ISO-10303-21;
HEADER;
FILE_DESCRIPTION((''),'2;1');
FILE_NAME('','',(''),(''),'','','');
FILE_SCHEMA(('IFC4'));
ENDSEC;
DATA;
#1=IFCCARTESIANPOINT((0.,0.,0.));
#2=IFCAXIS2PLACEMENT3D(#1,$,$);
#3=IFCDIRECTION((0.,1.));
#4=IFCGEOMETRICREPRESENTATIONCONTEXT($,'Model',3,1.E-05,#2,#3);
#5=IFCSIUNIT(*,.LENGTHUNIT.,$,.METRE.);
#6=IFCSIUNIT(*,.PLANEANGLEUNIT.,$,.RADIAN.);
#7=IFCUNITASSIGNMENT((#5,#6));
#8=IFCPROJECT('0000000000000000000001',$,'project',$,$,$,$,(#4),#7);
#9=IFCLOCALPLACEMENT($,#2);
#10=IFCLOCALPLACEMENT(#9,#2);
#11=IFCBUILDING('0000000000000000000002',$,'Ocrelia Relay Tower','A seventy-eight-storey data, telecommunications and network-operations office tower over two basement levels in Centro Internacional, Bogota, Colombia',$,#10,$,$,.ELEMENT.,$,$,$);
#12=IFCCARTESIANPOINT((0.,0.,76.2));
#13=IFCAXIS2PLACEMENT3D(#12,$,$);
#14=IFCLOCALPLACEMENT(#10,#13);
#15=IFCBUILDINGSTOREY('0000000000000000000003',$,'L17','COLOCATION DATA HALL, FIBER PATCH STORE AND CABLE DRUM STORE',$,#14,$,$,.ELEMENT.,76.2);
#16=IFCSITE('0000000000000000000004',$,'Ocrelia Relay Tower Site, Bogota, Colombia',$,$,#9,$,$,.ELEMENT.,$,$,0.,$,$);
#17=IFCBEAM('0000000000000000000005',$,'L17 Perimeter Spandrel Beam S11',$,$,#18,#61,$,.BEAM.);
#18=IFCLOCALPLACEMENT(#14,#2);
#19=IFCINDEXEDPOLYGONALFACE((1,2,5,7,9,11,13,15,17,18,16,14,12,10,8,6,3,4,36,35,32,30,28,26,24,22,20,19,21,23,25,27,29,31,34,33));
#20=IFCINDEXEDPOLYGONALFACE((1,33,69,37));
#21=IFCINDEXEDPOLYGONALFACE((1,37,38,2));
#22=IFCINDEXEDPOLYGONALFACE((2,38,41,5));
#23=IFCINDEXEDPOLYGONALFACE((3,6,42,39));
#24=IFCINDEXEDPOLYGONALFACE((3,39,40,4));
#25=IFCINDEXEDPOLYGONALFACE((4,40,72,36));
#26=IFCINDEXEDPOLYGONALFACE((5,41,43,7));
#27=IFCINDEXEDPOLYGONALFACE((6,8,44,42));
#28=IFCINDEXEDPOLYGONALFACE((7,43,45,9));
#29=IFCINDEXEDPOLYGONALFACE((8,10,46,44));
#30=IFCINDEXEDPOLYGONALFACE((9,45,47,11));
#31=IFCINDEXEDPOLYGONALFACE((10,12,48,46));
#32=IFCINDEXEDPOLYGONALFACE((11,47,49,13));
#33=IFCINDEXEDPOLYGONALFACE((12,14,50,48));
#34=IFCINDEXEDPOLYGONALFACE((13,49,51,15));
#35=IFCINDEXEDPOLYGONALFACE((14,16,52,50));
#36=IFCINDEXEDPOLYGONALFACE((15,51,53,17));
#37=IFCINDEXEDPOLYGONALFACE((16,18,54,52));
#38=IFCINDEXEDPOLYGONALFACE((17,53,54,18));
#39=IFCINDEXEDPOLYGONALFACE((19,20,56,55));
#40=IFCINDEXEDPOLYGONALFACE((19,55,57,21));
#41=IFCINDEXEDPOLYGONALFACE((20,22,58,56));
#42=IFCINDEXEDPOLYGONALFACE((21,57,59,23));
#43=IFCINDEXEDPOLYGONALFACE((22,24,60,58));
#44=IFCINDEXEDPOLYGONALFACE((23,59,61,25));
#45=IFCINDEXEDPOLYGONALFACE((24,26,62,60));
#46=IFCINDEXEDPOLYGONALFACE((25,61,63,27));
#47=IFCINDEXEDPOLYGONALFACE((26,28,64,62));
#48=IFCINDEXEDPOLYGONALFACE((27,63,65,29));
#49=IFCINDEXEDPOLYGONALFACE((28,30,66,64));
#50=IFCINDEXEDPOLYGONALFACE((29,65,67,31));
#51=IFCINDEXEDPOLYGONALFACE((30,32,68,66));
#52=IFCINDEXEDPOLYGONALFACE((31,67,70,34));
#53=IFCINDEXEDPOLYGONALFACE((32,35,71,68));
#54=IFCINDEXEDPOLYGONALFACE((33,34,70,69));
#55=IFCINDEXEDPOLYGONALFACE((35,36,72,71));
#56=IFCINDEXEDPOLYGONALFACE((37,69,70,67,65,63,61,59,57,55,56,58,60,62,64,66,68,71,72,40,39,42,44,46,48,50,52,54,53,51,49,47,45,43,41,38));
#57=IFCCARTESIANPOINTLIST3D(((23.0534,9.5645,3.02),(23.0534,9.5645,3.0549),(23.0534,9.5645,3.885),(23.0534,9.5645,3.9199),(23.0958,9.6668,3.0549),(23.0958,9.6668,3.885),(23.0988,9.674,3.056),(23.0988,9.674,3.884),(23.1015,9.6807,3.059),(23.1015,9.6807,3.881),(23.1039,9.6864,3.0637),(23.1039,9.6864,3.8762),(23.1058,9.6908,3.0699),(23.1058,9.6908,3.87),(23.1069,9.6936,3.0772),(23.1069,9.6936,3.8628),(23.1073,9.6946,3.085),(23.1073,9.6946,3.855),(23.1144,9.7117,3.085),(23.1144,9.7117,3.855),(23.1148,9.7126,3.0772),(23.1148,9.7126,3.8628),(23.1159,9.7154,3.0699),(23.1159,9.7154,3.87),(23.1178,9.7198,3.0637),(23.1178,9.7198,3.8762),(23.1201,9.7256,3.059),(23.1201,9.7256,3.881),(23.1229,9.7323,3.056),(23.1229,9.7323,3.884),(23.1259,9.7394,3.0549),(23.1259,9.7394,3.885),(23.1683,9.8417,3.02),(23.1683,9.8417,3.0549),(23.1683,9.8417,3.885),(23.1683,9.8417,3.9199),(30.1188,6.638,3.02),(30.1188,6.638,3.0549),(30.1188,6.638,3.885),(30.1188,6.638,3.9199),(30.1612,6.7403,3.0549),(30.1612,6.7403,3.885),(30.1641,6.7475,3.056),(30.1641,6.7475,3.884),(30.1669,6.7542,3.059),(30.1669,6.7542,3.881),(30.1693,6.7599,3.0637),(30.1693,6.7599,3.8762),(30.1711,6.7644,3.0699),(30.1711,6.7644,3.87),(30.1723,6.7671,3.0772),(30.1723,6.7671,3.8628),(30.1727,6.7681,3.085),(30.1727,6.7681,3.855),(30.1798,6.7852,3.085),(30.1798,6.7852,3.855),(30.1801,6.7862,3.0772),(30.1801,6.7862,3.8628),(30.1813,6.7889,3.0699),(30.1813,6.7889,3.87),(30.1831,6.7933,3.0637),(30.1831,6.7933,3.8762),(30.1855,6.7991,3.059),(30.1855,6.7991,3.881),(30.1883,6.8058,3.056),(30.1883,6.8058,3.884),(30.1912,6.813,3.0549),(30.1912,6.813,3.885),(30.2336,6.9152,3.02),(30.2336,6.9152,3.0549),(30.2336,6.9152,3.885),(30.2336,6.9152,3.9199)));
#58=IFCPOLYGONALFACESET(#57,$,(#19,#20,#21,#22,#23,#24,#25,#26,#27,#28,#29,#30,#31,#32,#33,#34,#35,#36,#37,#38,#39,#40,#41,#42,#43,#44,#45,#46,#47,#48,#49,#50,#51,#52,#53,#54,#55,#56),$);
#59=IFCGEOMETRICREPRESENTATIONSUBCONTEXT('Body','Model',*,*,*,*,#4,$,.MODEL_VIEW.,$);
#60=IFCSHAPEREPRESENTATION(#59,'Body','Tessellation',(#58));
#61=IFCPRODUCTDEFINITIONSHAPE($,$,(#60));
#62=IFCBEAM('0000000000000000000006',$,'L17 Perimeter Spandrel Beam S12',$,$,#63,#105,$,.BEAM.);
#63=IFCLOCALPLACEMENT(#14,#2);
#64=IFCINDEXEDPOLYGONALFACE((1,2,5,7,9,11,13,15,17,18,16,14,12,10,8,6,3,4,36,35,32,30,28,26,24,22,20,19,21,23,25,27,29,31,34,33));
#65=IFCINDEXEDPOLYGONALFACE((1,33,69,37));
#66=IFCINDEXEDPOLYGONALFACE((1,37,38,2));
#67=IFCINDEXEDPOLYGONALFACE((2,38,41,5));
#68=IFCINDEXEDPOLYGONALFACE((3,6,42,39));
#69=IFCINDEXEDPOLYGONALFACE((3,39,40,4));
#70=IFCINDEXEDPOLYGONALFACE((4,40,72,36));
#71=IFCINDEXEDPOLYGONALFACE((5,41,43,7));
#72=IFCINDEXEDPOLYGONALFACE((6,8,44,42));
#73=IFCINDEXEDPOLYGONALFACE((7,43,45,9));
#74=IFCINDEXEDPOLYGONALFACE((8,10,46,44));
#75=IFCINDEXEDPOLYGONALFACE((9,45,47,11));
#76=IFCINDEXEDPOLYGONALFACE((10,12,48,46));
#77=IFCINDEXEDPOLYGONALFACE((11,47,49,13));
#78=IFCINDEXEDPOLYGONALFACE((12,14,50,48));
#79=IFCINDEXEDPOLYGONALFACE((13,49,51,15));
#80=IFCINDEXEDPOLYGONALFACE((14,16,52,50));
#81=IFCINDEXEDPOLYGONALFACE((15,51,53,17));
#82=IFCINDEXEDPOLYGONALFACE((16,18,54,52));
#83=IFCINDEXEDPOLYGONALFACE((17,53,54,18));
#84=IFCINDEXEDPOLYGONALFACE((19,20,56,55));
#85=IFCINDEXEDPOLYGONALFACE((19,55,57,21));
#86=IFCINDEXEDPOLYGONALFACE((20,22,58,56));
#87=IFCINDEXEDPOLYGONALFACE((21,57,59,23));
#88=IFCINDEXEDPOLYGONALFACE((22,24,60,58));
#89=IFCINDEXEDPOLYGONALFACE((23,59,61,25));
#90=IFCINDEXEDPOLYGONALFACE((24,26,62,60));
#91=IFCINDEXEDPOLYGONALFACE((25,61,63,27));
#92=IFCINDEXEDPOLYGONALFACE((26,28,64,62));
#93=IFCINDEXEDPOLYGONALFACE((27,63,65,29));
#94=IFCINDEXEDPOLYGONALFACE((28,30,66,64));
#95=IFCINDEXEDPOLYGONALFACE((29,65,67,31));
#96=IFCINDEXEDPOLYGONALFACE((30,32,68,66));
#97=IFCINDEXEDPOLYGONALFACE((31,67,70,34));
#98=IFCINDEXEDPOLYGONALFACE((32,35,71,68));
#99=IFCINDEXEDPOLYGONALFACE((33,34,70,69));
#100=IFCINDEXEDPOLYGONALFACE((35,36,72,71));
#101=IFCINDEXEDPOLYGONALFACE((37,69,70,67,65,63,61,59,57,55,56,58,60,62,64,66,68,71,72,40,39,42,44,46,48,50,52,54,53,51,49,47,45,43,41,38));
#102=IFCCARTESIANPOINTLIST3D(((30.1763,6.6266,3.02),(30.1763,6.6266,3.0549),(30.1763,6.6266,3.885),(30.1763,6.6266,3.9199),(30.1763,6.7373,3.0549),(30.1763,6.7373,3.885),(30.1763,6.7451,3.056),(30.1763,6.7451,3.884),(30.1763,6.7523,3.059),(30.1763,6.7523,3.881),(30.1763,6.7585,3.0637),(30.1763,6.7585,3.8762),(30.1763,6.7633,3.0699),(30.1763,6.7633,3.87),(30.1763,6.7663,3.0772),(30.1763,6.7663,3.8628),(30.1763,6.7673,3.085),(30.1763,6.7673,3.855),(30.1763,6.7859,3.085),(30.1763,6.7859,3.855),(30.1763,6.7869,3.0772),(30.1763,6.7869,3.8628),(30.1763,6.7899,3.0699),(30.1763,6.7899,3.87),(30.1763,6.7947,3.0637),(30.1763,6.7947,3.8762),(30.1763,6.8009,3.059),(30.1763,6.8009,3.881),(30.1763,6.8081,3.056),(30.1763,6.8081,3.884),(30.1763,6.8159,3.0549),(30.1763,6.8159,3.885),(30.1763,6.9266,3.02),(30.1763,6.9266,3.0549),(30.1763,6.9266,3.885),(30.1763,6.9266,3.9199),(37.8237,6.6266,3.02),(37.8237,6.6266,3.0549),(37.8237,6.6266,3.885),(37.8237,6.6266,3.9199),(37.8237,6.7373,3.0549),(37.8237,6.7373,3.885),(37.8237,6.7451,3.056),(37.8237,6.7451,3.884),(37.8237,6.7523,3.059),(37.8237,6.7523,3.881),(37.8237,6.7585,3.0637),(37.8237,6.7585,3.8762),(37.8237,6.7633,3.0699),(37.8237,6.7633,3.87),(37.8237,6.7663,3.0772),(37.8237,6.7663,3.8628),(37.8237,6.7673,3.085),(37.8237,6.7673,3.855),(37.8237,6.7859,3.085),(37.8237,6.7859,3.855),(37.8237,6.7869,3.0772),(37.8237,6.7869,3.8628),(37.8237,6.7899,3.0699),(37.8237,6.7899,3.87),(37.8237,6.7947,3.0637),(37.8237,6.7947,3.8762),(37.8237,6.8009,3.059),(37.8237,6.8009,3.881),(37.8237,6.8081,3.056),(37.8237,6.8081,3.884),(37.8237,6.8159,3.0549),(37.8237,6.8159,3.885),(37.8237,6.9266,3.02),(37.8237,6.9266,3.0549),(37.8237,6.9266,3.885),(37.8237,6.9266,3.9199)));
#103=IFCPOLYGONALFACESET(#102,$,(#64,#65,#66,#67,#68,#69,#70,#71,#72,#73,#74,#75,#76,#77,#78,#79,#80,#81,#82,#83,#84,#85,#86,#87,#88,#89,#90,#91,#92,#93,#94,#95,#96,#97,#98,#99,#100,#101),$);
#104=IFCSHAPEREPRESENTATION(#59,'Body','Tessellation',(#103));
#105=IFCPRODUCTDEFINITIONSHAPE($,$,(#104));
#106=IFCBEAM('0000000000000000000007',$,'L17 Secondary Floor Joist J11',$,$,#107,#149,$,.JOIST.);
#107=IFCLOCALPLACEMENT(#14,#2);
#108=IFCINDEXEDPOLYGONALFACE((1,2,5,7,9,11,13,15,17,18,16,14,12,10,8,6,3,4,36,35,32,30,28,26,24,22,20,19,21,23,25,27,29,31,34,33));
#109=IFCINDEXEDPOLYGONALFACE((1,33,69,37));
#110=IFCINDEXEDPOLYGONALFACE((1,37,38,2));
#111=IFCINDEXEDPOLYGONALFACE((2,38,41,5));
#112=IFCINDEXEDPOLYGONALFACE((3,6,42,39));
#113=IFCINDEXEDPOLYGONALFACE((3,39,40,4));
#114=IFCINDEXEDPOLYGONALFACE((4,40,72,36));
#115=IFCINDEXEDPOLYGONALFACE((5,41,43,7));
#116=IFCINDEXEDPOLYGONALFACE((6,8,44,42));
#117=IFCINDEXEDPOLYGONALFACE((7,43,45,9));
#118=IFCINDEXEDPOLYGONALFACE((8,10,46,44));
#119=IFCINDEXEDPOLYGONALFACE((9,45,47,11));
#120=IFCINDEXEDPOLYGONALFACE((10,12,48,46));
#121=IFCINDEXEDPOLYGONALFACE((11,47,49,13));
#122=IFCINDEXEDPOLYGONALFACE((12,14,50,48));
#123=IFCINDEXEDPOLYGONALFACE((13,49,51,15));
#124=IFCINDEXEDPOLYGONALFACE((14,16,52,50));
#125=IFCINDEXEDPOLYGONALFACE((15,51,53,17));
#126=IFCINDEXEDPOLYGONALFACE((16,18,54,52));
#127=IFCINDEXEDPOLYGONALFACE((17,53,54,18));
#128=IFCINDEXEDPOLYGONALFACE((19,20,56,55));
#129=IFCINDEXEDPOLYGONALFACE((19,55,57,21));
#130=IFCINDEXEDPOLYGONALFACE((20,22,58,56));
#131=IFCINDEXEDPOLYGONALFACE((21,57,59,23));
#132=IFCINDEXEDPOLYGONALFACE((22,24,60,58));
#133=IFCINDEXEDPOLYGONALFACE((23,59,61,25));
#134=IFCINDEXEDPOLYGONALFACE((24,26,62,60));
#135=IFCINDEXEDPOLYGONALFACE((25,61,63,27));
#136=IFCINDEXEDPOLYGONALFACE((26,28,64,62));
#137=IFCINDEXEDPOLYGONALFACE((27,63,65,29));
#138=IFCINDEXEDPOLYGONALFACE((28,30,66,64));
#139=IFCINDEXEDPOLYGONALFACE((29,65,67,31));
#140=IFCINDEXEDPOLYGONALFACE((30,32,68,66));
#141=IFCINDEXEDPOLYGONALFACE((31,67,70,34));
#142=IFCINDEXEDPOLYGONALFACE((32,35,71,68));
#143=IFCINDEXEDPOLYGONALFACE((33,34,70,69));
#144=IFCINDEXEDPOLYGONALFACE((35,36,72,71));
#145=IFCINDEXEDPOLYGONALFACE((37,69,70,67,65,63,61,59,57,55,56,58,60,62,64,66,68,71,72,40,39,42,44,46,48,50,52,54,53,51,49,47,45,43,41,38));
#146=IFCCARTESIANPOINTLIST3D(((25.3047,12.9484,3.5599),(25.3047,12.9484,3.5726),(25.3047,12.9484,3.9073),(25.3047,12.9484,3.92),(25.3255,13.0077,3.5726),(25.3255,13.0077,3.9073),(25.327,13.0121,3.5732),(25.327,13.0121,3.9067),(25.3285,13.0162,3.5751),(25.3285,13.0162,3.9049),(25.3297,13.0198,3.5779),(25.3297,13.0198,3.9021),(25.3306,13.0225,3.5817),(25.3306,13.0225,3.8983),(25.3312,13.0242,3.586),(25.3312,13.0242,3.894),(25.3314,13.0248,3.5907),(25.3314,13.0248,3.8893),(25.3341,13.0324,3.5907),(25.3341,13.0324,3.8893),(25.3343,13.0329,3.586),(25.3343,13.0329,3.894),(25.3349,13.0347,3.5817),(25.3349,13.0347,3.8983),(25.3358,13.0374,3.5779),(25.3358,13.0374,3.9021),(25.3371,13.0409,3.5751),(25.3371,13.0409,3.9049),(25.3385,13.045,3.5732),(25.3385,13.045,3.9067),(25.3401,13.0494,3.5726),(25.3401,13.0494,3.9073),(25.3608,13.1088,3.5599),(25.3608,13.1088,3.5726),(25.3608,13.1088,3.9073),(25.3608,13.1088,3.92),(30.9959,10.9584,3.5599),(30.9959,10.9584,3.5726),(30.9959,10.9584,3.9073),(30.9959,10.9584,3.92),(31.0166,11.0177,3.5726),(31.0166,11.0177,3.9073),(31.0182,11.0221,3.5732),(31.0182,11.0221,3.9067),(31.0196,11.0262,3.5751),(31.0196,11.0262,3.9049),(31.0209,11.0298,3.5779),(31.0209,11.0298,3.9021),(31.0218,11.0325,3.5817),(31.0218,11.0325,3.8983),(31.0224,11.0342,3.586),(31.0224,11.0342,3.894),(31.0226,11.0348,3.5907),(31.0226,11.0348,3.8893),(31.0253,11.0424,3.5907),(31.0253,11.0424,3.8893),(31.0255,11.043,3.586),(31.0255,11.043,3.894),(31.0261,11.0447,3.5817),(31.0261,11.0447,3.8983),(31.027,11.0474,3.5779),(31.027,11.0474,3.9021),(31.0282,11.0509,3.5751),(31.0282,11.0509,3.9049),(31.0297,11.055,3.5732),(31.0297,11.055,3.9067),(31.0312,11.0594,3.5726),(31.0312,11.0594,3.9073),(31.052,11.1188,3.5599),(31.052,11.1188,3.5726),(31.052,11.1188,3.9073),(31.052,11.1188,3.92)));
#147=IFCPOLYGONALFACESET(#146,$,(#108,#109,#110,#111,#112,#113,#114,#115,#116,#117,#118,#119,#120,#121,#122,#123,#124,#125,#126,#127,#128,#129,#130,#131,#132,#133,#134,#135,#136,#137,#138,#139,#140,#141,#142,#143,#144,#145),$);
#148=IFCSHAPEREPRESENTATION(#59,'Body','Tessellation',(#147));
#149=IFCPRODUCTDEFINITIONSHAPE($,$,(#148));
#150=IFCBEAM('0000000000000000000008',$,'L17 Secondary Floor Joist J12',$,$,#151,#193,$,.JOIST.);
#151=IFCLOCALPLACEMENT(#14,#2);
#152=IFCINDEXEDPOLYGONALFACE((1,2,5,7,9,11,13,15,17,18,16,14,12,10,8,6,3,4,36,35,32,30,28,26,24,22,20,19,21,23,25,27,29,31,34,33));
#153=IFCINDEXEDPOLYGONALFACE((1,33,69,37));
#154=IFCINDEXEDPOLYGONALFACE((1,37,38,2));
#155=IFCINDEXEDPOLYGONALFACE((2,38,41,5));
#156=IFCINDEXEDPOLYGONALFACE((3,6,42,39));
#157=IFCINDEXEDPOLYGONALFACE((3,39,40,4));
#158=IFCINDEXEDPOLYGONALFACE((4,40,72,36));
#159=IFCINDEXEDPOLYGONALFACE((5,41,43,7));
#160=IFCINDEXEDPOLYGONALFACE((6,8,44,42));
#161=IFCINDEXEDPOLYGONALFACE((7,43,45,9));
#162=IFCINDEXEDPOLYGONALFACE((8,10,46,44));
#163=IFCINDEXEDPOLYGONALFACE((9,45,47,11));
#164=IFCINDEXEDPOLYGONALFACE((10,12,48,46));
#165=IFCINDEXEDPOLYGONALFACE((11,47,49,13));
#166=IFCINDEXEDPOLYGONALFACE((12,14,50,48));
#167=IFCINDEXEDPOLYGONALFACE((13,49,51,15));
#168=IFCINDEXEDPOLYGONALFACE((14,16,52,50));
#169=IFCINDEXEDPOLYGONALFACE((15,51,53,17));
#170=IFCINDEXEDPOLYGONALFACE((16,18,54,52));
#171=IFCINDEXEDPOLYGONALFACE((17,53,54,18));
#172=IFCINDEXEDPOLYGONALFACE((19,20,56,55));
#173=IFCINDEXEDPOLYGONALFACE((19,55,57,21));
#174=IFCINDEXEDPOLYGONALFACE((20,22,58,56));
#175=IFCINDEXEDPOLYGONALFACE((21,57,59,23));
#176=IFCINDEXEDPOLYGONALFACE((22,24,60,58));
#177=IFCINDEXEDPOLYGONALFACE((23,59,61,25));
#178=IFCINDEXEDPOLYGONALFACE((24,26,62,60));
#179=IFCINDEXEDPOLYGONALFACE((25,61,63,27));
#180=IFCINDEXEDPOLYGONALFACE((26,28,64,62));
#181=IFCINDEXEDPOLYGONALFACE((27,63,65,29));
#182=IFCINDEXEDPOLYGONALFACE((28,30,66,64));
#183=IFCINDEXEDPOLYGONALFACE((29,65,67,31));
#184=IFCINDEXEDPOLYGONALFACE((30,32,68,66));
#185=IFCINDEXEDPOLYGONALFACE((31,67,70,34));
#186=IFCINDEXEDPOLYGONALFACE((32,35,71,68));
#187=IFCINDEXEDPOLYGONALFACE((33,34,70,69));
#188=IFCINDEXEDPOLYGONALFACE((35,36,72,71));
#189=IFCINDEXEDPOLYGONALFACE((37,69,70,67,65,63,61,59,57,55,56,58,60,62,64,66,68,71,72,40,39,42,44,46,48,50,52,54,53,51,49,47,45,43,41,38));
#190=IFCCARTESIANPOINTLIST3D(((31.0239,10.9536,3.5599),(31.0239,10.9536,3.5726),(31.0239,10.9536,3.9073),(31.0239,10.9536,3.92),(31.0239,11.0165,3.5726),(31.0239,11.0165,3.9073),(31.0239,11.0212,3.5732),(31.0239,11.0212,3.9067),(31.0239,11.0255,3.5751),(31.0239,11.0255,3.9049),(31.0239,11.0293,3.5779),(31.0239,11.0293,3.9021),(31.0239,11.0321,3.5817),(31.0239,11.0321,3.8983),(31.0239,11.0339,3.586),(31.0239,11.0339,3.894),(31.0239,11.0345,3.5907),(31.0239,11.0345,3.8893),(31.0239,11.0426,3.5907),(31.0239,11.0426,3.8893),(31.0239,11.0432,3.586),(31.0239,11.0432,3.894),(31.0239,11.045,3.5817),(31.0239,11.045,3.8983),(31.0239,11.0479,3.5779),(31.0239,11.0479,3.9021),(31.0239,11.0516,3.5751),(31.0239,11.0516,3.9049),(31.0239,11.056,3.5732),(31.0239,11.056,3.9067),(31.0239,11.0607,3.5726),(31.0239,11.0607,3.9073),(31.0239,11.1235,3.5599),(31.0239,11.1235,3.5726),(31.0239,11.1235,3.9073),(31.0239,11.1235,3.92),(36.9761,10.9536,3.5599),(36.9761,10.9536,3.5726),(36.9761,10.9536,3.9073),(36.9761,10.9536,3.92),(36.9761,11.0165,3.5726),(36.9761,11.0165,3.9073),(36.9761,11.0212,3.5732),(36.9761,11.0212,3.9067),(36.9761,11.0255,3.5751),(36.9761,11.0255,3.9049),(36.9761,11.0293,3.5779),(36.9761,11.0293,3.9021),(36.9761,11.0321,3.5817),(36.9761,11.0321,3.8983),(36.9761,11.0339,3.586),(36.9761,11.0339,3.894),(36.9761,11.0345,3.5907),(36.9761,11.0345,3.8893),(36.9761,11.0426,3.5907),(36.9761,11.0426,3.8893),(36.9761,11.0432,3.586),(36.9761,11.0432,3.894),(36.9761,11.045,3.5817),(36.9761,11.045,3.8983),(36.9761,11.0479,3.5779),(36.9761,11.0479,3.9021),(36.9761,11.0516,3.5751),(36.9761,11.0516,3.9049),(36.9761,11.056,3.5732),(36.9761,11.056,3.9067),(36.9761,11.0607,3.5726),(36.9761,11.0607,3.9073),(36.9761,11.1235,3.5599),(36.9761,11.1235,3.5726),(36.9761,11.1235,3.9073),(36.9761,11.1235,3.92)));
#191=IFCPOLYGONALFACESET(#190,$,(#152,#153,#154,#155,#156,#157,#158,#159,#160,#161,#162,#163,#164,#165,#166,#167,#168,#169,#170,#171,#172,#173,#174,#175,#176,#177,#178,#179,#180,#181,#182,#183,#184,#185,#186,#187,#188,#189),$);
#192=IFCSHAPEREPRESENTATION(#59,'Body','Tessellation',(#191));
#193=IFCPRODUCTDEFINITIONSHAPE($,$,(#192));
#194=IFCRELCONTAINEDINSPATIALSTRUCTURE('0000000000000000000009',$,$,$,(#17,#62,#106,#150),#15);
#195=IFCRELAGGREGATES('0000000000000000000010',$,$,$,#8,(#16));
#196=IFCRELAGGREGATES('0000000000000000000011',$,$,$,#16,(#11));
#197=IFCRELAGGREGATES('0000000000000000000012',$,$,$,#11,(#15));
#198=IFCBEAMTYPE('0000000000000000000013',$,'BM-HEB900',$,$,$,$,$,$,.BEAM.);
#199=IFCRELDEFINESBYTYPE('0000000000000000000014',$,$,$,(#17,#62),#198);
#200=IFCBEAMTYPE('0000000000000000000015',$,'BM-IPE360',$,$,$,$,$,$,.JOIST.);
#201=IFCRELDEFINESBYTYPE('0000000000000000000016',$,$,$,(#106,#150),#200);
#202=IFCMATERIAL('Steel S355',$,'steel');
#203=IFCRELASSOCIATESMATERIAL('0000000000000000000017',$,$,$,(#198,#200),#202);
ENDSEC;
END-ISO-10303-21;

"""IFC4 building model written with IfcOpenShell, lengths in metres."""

from ifc_helpers import new_model, si_unit, direction, frame, origin, origin_2d, place, context, subcontext, project, spatial, i_section, extrude, material, material_profile, profile_set, type_object, element, save


model = new_model("IFC4")

# Units and contexts
model_context = context("Model", 3, precision=1e-05, world=origin(), true_north=direction((0.0, 1.0)))
body_context = subcontext(model_context, "Body", "Model", "MODEL_VIEW")
ifc_project = project(units=[si_unit("LENGTHUNIT", "METRE"), si_unit("PLANEANGLEUNIT", "RADIAN")], contexts=[model_context])

# Site, building, storey
site_placement = place(None, origin())
site = spatial("IfcSite", under=ifc_project, at=site_placement, Name="Ocrelia Relay Tower Site, Bogota, Colombia", CompositionType="ELEMENT", RefElevation=0.0)
building_placement = place(site_placement, origin())
building = spatial("IfcBuilding", under=site, at=building_placement, Name="Ocrelia Relay Tower", Description="A seventy-eight-storey data, telecommunications and network-operations office tower over two basement levels in Centro Internacional, Bogota, Colombia", CompositionType="ELEMENT")
storey_placement = place(building_placement, frame((0.0, 0.0, 76.2)))
storey = spatial("IfcBuildingStorey", under=building, at=storey_placement, Name="L17", Description="COLOCATION DATA HALL, FIBER PATCH STORE AND CABLE DRUM STORE", CompositionType="ELEMENT", Elevation=76.2)

# Beams
ifc_material_1 = material(Name="Steel S355", Category="steel")
ifc_material_profile_1 = material_profile(ifc_material_1, i_section(OverallWidth=0.3, OverallDepth=0.8999, WebThickness=0.0186, FlangeThickness=0.0349, FilletRadius=0.03, at=origin_2d()), Name="HEB 900")
ifc_profile_set_1 = profile_set([ifc_material_profile_1], Name="Steel S355")
beam_type_1 = type_object("IfcBeamType", Name="BM-HEB900", PredefinedType="BEAM", material=ifc_profile_set_1)
for number, where, z_axis, x_axis, name in (
    (1, (23.1108, 9.7031, 3.47), (0.923883, -0.382674, 0.0), (0.382674, 0.923883, 0.0), "L17 Perimeter Spandrel Beam S11"),
    (2, (30.1763, 6.7766, 3.47), (1.0, 0.0, 0.0), (0.0, 1.0, 0.0), "L17 Perimeter Spandrel Beam S12"),
):
    element("IfcBeam", number, at=place(storey_placement, frame(where, z_axis=z_axis, x_axis=x_axis)), inside=storey, type_object=beam_type_1, Name=name, PredefinedType="BEAM", context=body_context, shape_type="SweptSolid", body=[
        extrude(i_section(OverallWidth=0.3, OverallDepth=0.8999, WebThickness=0.0186, FlangeThickness=0.0349, FilletRadius=0.03, at=origin_2d()), origin(), (0.0, 0.0, 1.0), 7.6475),
    ])
ifc_material_profile_2 = material_profile(ifc_material_1, i_section(OverallWidth=0.1699, OverallDepth=0.3601, WebThickness=0.0081, FlangeThickness=0.0127, FilletRadius=0.0181, at=origin_2d()), Name="IPE 360")
ifc_profile_set_2 = profile_set([ifc_material_profile_2], Name="Steel S355")
beam_type_2 = type_object("IfcBeamType", Name="BM-IPE360", PredefinedType="JOIST", material=ifc_profile_set_2)
beam_1_placement = place(storey_placement, frame((25.3328, 13.0286, 3.74), z_axis=(0.943957, -0.330067, 0.0), x_axis=(0.330067, 0.943957, 0.0)))
element("IfcBeam", 3, at=beam_1_placement, inside=storey, type_object=beam_type_2, Name="L17 Secondary Floor Joist J11", PredefinedType="JOIST", context=body_context, shape_type="SweptSolid", body=[
    extrude(i_section(OverallWidth=0.1699, OverallDepth=0.3601, WebThickness=0.0081, FlangeThickness=0.0127, FilletRadius=0.0181, at=origin_2d()), origin(), (0.0, 0.0, 1.0), 6.0291),
])
beam_2_placement = place(storey_placement, frame((31.0239, 11.0386, 3.74), z_axis=(1.0, 0.0, 0.0), x_axis=(0.0, 1.0, 0.0)))
element("IfcBeam", 4, at=beam_2_placement, inside=storey, type_object=beam_type_2, Name="L17 Secondary Floor Joist J12", PredefinedType="JOIST", context=body_context, shape_type="SweptSolid", body=[
    extrude(i_section(OverallWidth=0.1699, OverallDepth=0.3601, WebThickness=0.0081, FlangeThickness=0.0127, FilletRadius=0.0181, at=origin_2d()), origin(), (0.0, 0.0, 1.0), 5.9521),
])

save(model, "model.ifc")
